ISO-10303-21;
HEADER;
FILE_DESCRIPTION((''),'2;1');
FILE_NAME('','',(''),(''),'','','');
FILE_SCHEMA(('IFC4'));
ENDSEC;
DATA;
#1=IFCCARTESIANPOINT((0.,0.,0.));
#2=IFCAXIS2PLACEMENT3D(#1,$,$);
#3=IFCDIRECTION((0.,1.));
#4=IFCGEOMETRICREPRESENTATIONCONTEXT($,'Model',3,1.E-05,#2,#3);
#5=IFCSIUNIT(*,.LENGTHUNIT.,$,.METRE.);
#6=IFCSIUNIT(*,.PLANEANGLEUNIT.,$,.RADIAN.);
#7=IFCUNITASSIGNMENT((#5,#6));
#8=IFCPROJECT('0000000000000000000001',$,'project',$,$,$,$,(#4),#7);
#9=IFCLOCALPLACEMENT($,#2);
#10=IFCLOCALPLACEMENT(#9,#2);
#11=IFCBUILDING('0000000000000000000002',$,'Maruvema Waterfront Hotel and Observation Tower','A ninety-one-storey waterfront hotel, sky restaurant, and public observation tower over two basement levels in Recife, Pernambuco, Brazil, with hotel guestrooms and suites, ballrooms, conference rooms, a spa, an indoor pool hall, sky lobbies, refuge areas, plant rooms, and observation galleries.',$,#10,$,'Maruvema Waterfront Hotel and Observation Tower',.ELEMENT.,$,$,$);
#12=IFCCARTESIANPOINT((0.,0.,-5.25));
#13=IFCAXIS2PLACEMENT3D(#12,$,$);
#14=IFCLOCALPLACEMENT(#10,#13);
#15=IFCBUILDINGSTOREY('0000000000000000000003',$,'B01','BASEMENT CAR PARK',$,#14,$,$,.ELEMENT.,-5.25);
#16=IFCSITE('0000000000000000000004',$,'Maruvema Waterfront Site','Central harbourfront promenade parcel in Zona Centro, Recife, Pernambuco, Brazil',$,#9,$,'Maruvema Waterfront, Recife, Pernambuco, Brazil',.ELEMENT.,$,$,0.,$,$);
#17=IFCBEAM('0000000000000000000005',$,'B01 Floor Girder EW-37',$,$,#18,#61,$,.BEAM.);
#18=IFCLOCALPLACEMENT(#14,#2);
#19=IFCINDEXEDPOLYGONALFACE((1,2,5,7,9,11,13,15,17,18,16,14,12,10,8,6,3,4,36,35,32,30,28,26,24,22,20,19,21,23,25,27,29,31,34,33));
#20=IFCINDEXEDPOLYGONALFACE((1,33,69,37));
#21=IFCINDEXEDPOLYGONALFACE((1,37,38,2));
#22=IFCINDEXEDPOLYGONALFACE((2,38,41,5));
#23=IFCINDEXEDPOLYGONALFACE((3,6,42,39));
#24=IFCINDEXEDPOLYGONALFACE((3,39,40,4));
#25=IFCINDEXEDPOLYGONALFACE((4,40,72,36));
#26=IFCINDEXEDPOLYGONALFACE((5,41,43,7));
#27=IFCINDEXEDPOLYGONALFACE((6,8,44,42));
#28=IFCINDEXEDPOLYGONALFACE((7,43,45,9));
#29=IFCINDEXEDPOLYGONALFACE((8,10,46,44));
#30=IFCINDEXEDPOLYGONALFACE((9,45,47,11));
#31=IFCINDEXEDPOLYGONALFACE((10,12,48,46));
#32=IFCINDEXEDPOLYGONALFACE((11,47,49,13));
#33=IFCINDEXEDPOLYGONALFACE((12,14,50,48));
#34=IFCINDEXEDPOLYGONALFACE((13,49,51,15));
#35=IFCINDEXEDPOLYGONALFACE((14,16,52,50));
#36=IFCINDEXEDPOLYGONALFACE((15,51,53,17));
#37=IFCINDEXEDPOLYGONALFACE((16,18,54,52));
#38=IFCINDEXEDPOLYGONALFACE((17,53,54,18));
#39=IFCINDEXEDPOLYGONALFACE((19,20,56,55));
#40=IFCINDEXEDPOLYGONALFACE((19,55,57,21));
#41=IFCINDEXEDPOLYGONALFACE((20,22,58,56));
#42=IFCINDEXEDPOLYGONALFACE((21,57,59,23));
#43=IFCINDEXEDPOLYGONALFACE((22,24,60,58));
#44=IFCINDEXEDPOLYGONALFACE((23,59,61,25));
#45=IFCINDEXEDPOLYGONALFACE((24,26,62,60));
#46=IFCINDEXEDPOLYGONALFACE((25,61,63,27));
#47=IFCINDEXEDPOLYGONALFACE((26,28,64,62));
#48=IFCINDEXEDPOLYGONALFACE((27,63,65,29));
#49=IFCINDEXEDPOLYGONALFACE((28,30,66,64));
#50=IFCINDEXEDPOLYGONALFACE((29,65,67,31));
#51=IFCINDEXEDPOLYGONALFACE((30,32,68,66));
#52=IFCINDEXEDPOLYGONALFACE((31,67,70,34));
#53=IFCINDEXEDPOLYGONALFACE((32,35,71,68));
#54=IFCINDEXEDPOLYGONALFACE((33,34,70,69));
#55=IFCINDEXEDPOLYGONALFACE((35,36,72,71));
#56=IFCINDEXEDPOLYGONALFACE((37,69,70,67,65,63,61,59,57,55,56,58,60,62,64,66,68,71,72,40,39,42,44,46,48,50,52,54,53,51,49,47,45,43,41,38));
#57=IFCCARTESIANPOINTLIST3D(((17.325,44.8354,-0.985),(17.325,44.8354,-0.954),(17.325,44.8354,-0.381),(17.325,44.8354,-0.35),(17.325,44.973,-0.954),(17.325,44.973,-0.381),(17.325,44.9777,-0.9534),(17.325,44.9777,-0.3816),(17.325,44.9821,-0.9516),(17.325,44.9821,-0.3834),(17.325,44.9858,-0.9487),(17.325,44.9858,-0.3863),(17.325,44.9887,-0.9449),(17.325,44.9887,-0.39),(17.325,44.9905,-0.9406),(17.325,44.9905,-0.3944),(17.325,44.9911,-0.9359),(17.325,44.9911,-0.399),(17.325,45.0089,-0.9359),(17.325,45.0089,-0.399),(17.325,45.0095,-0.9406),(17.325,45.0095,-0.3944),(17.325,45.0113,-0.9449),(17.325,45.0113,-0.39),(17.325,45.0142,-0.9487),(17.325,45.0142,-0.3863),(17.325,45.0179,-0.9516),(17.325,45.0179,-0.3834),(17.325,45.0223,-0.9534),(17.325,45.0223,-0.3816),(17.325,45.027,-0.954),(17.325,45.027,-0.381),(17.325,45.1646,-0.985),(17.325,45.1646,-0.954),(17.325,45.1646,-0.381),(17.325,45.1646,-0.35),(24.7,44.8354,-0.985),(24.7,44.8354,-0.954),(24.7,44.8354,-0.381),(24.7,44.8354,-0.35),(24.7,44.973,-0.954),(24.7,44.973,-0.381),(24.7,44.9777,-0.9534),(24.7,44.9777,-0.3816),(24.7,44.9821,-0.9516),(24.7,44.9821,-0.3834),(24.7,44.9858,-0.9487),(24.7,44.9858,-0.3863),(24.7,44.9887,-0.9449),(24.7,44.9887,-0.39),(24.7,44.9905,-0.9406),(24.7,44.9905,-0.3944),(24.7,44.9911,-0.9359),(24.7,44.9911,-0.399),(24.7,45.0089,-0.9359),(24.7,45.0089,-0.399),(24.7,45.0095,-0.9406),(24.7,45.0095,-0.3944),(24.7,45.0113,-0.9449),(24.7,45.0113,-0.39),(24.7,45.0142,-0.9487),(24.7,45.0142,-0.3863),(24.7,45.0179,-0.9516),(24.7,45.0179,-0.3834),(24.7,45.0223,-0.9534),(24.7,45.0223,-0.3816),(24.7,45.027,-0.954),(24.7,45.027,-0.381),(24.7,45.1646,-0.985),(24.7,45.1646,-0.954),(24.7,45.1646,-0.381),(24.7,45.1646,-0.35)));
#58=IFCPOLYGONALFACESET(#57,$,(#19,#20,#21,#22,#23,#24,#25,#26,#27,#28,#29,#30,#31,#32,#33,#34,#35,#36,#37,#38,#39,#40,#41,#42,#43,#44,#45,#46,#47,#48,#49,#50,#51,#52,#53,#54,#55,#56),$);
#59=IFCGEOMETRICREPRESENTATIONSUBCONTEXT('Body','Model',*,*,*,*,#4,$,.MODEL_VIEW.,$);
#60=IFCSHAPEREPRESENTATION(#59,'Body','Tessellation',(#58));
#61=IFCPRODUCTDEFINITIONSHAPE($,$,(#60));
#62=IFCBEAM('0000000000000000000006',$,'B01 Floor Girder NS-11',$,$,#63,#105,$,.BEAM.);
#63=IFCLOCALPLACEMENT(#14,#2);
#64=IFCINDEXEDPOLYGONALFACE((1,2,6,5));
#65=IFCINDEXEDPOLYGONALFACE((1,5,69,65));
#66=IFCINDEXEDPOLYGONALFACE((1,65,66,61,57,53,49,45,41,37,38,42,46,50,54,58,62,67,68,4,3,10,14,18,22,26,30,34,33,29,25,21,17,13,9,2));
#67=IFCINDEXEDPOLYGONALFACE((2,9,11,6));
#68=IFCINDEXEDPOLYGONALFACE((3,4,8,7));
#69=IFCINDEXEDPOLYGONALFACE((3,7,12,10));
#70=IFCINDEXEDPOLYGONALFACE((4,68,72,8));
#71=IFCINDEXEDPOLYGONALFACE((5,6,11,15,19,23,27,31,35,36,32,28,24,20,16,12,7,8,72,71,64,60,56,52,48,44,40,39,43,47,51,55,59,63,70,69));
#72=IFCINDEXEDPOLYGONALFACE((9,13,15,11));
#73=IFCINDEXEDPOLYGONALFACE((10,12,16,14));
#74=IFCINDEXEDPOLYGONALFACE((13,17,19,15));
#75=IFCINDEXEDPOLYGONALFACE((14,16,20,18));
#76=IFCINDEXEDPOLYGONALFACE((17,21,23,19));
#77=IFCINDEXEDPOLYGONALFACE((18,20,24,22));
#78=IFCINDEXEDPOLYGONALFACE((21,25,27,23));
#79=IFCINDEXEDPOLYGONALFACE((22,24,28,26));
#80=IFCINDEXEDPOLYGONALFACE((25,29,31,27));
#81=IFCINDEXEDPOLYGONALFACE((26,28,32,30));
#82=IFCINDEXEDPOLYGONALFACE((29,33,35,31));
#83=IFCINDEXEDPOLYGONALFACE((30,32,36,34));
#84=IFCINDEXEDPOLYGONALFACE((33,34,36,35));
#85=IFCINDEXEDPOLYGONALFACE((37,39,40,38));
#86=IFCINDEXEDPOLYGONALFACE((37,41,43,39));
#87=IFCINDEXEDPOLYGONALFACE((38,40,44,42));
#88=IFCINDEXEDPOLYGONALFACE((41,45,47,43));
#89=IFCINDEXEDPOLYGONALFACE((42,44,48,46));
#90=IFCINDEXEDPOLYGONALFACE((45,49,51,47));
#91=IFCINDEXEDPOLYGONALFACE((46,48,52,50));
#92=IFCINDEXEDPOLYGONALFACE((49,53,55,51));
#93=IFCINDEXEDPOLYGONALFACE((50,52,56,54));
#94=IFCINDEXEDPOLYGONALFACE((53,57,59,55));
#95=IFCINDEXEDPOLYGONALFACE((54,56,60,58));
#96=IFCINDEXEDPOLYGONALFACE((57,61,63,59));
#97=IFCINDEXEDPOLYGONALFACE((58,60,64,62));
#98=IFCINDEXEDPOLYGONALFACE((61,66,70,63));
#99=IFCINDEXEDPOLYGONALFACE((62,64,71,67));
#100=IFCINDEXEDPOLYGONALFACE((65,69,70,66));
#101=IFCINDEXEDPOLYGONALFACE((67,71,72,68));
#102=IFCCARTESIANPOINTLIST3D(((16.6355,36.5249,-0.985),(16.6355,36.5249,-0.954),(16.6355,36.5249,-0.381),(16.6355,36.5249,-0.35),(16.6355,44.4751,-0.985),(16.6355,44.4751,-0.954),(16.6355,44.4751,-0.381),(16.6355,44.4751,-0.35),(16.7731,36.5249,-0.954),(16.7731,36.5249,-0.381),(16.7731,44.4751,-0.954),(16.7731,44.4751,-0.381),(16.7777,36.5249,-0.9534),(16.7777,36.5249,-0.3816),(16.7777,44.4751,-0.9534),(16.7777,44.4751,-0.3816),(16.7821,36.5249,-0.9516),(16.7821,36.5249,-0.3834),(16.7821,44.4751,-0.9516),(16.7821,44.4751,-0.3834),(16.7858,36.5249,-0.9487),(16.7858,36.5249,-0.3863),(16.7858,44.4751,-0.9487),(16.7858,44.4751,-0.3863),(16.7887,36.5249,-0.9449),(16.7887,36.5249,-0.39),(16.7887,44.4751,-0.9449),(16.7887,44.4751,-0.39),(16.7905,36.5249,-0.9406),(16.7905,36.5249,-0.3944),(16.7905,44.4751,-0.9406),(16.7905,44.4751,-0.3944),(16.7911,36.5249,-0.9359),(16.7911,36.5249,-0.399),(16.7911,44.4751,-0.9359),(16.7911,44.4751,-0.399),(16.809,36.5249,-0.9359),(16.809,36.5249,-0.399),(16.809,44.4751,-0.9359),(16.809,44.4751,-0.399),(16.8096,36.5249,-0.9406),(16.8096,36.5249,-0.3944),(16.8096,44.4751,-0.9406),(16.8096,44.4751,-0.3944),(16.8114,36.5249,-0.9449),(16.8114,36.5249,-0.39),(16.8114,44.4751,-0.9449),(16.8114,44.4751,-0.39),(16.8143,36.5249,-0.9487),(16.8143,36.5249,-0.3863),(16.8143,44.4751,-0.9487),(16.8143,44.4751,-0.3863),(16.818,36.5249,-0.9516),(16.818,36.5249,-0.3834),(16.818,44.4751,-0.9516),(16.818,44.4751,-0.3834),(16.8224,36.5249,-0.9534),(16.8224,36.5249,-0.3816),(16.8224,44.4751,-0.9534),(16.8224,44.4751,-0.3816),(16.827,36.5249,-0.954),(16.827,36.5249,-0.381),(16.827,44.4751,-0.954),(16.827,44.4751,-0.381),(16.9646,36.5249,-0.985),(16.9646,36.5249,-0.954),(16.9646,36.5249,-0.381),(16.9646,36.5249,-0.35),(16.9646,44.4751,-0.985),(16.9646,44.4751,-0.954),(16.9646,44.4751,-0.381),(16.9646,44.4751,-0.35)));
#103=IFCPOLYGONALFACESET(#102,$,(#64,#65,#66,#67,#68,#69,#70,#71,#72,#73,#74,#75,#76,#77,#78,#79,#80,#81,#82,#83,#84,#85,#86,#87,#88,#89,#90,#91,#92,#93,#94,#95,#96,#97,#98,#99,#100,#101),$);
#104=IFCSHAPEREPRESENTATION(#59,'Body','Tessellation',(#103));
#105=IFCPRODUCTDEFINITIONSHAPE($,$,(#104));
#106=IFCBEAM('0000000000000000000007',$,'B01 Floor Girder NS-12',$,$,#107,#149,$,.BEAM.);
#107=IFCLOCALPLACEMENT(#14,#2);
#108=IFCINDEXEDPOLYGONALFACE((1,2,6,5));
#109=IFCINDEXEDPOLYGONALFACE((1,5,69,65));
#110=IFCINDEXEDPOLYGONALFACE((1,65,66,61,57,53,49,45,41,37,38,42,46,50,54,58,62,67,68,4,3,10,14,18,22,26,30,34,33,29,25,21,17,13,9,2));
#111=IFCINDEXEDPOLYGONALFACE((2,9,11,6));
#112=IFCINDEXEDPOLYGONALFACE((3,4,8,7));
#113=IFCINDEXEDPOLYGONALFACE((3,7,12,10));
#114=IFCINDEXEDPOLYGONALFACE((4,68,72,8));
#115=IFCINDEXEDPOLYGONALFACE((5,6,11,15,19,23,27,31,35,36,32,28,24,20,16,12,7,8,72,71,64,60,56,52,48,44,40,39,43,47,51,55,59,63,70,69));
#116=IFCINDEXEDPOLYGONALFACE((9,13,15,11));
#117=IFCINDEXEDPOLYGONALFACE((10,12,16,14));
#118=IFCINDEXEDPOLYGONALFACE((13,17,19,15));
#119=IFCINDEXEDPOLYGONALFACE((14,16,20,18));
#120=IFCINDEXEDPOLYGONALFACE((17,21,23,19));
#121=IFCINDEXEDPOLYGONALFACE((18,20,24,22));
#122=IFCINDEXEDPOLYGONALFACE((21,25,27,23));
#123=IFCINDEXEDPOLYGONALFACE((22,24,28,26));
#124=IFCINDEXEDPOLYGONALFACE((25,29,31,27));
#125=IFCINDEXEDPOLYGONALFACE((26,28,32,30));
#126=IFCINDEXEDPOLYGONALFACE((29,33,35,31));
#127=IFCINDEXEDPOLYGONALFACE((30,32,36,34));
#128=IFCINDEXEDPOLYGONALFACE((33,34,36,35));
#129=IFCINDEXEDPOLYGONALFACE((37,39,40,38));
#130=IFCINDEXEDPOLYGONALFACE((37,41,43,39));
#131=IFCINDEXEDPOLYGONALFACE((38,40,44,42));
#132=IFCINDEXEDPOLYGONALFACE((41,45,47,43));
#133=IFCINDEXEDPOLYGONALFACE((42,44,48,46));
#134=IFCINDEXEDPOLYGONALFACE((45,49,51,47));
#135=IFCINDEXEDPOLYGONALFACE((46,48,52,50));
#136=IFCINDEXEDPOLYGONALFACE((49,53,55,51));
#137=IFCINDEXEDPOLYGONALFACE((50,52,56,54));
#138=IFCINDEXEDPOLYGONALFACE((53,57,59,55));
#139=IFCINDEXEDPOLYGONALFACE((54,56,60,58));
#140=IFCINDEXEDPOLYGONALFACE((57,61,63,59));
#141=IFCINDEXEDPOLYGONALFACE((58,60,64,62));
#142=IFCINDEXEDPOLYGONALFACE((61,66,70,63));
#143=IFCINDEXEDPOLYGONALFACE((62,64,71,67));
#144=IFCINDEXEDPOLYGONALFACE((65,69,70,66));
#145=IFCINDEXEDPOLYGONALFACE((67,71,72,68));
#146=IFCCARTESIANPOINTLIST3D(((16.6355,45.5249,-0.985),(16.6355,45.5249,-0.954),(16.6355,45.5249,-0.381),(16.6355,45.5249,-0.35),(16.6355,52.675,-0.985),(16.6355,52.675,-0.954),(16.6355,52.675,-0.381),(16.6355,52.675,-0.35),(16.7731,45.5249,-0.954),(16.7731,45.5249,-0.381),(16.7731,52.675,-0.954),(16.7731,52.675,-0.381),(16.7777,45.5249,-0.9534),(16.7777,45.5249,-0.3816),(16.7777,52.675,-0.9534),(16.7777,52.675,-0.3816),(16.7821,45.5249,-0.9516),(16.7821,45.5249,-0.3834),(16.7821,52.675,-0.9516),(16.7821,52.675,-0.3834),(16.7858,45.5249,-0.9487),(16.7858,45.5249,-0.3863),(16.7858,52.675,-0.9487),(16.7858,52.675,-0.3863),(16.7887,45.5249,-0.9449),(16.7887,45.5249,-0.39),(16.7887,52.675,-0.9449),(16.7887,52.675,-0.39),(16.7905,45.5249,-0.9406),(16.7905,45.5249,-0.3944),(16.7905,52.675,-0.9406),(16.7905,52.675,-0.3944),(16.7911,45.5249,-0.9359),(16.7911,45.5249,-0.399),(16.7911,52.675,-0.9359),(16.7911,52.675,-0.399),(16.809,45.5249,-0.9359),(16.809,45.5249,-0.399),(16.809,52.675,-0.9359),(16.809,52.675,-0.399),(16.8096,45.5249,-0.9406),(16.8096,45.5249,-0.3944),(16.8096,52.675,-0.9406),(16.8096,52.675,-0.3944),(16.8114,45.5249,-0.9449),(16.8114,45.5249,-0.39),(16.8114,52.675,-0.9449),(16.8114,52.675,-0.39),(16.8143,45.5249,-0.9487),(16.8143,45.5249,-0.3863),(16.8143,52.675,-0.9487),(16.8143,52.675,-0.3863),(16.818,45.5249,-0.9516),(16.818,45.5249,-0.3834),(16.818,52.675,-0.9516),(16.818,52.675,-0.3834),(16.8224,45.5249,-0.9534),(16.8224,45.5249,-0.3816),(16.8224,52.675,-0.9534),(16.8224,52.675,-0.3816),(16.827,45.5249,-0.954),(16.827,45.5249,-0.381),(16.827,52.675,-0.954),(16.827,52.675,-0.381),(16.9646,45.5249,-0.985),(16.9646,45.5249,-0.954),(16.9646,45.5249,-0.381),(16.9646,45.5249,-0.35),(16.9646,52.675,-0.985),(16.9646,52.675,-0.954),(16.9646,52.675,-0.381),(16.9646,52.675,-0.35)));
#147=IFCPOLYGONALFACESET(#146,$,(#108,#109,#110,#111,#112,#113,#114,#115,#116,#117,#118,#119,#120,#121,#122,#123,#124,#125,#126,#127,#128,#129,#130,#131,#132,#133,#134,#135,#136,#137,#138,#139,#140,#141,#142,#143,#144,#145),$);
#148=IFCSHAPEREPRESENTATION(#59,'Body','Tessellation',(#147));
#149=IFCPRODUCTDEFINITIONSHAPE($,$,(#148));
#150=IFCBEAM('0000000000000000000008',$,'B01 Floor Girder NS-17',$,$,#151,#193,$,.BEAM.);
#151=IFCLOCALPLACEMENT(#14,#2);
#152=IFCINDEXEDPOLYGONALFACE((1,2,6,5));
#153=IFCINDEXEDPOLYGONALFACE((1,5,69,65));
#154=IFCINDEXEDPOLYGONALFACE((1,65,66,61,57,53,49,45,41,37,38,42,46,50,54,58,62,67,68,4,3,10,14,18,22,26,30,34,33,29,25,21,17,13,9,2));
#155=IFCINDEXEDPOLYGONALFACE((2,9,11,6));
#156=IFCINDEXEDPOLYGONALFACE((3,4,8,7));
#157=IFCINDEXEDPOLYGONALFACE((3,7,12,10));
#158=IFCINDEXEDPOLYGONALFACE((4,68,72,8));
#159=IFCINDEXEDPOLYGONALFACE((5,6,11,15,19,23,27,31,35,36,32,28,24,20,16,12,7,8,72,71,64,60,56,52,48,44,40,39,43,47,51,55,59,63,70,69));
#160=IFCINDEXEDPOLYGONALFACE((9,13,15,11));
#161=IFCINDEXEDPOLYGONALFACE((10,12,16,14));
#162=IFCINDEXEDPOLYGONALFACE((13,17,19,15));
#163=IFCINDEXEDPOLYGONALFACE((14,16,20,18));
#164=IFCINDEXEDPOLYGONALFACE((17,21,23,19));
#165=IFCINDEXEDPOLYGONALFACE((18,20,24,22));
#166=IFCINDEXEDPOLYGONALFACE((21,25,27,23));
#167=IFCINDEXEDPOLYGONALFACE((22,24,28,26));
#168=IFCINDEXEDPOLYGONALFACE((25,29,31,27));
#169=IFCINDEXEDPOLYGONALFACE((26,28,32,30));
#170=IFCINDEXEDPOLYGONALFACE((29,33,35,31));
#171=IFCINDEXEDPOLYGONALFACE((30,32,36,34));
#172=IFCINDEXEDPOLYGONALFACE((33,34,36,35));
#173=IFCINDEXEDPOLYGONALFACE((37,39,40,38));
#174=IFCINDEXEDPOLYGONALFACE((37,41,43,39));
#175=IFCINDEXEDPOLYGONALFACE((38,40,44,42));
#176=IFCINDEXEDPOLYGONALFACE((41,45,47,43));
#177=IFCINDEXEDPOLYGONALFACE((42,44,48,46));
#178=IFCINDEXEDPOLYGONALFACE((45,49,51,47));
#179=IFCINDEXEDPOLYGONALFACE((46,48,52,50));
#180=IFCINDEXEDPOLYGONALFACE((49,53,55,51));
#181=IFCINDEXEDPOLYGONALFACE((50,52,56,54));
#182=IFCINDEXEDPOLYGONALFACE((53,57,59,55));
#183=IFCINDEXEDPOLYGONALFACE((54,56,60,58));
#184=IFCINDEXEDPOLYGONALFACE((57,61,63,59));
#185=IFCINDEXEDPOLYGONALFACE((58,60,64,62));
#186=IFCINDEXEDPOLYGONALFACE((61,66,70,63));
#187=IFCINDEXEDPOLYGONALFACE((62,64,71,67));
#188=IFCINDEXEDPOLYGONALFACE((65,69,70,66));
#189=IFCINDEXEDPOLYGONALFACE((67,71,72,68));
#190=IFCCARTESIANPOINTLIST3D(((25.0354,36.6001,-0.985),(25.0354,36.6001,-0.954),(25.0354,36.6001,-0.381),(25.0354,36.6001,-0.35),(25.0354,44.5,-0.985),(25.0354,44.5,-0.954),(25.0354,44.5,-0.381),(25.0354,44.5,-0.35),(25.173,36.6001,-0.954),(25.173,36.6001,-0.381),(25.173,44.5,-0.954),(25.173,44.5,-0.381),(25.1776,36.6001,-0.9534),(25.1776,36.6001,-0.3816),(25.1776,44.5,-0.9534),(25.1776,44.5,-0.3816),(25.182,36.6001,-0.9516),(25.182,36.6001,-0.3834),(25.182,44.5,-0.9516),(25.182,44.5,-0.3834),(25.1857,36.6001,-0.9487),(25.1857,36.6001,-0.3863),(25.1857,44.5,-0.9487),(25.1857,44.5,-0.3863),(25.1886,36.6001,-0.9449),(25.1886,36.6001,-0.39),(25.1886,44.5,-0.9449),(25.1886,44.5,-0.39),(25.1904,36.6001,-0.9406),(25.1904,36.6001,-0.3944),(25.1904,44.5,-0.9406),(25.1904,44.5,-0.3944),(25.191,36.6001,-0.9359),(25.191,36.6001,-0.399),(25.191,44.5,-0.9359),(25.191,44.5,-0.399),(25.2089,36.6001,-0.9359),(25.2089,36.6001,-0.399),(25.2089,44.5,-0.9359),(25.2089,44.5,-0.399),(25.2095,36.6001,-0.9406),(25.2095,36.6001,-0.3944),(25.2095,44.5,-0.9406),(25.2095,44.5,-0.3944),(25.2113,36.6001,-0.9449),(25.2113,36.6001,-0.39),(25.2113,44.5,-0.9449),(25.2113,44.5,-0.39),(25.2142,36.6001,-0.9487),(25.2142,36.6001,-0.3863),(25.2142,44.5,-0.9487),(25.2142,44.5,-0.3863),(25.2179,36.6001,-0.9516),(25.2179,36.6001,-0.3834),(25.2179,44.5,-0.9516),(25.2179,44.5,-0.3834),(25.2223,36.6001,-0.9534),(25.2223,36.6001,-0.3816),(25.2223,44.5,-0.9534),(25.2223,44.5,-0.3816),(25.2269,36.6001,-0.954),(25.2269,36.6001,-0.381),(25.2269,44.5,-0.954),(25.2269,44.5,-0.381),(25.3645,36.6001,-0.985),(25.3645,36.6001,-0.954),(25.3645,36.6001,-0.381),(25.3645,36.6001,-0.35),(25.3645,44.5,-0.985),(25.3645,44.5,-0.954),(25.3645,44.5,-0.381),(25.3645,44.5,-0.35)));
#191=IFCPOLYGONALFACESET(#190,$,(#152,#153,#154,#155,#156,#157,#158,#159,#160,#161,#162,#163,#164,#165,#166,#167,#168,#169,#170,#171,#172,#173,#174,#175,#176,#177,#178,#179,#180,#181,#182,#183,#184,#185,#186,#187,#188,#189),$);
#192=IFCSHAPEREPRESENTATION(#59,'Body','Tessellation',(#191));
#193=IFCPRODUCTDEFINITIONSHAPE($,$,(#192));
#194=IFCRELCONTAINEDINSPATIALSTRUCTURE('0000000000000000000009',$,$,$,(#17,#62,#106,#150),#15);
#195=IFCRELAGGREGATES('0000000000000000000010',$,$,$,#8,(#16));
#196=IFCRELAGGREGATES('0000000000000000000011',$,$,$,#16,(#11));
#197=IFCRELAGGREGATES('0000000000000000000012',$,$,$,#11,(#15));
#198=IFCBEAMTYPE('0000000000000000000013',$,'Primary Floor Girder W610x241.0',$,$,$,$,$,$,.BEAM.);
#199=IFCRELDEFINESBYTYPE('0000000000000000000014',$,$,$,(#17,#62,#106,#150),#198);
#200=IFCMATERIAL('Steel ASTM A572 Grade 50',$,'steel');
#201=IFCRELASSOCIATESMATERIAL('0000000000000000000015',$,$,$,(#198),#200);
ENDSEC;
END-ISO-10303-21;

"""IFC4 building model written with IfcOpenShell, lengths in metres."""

from ifc_helpers import new_model, si_unit, direction, frame, origin, origin_2d, place, context, subcontext, project, spatial, i_section, extrude, material, material_profile, profile_set, type_object, element, save


model = new_model("IFC4")

# Units and contexts
model_context = context("Model", 3, precision=1e-05, world=origin(), true_north=direction((0.0, 1.0)))
body_context = subcontext(model_context, "Body", "Model", "MODEL_VIEW")
ifc_project = project(units=[si_unit("LENGTHUNIT", "METRE"), si_unit("PLANEANGLEUNIT", "RADIAN")], contexts=[model_context])

# Site, building, storey
site_placement = place(None, origin())
site = spatial("IfcSite", under=ifc_project, at=site_placement, Name="Maruvema Waterfront Site", Description="Central harbourfront promenade parcel in Zona Centro, Recife, Pernambuco, Brazil", LongName="Maruvema Waterfront, Recife, Pernambuco, Brazil", CompositionType="ELEMENT", RefElevation=0.0)
building_placement = place(site_placement, origin())
building = spatial("IfcBuilding", under=site, at=building_placement, Name="Maruvema Waterfront Hotel and Observation Tower", Description="A ninety-one-storey waterfront hotel, sky restaurant, and public observation tower over two basement levels in Recife, Pernambuco, Brazil, with hotel guestrooms and suites, ballrooms, conference rooms, a spa, an indoor pool hall, sky lobbies, refuge areas, plant rooms, and observation galleries.", LongName="Maruvema Waterfront Hotel and Observation Tower", CompositionType="ELEMENT")
storey_placement = place(building_placement, frame((0.0, 0.0, -5.25)))
storey = spatial("IfcBuildingStorey", under=building, at=storey_placement, Name="B01", Description="BASEMENT CAR PARK", CompositionType="ELEMENT", Elevation=-5.25)

# Beams
ifc_material_1 = material(Name="Steel ASTM A572 Grade 50", Category="steel")
ifc_material_profile_1 = material_profile(ifc_material_1, i_section(OverallWidth=0.3291, OverallDepth=0.635, WebThickness=0.0178, FlangeThickness=0.031, FilletRadius=0.0181, at=origin_2d()), Name="W610x241.0")
ifc_profile_set_1 = profile_set([ifc_material_profile_1], Name="Steel ASTM A572 Grade 50")
beam_type_1 = type_object("IfcBeamType", Name="Primary Floor Girder W610x241.0", PredefinedType="BEAM", material=ifc_profile_set_1)
beam_1_placement = place(storey_placement, frame((17.325, 45.0, -0.6675), z_axis=(1.0, 0.0, 0.0), x_axis=(0.0, 1.0, 0.0)))
element("IfcBeam", 1, at=beam_1_placement, inside=storey, type_object=beam_type_1, Name="B01 Floor Girder EW-37", PredefinedType="BEAM", context=body_context, shape_type="SweptSolid", body=[
    extrude(i_section(OverallWidth=0.3291, OverallDepth=0.635, WebThickness=0.0178, FlangeThickness=0.031, FilletRadius=0.0181, at=origin_2d()), origin(), (0.0, 0.0, 1.0), 7.375),
])
beam_2_placement = place(storey_placement, frame((16.8, 36.5249, -0.6675), z_axis=(0.0, 1.0, 0.0), x_axis=(-1.0, 0.0, 0.0)))
element("IfcBeam", 2, at=beam_2_placement, inside=storey, type_object=beam_type_1, Name="B01 Floor Girder NS-11", PredefinedType="BEAM", context=body_context, shape_type="SweptSolid", body=[
    extrude(i_section(OverallWidth=0.3291, OverallDepth=0.635, WebThickness=0.0178, FlangeThickness=0.031, FilletRadius=0.0181, at=origin_2d()), origin(), (0.0, 0.0, 1.0), 7.9502),
])
beam_3_placement = place(storey_placement, frame((16.8, 45.5249, -0.6675), z_axis=(0.0, 1.0, 0.0), x_axis=(-1.0, 0.0, 0.0)))
element("IfcBeam", 3, at=beam_3_placement, inside=storey, type_object=beam_type_1, Name="B01 Floor Girder NS-12", PredefinedType="BEAM", context=body_context, shape_type="SweptSolid", body=[
    extrude(i_section(OverallWidth=0.3291, OverallDepth=0.635, WebThickness=0.0178, FlangeThickness=0.031, FilletRadius=0.0181, at=origin_2d()), origin(), (0.0, 0.0, 1.0), 7.1501),
])
beam_4_placement = place(storey_placement, frame((25.2, 36.6001, -0.6675), z_axis=(0.0, 1.0, 0.0), x_axis=(-1.0, 0.0, 0.0)))
element("IfcBeam", 4, at=beam_4_placement, inside=storey, type_object=beam_type_1, Name="B01 Floor Girder NS-17", PredefinedType="BEAM", context=body_context, shape_type="SweptSolid", body=[
    extrude(i_section(OverallWidth=0.3291, OverallDepth=0.635, WebThickness=0.0178, FlangeThickness=0.031, FilletRadius=0.0181, at=origin_2d()), origin(), (0.0, 0.0, 1.0), 7.8999),
])

save(model, "model.ifc")
